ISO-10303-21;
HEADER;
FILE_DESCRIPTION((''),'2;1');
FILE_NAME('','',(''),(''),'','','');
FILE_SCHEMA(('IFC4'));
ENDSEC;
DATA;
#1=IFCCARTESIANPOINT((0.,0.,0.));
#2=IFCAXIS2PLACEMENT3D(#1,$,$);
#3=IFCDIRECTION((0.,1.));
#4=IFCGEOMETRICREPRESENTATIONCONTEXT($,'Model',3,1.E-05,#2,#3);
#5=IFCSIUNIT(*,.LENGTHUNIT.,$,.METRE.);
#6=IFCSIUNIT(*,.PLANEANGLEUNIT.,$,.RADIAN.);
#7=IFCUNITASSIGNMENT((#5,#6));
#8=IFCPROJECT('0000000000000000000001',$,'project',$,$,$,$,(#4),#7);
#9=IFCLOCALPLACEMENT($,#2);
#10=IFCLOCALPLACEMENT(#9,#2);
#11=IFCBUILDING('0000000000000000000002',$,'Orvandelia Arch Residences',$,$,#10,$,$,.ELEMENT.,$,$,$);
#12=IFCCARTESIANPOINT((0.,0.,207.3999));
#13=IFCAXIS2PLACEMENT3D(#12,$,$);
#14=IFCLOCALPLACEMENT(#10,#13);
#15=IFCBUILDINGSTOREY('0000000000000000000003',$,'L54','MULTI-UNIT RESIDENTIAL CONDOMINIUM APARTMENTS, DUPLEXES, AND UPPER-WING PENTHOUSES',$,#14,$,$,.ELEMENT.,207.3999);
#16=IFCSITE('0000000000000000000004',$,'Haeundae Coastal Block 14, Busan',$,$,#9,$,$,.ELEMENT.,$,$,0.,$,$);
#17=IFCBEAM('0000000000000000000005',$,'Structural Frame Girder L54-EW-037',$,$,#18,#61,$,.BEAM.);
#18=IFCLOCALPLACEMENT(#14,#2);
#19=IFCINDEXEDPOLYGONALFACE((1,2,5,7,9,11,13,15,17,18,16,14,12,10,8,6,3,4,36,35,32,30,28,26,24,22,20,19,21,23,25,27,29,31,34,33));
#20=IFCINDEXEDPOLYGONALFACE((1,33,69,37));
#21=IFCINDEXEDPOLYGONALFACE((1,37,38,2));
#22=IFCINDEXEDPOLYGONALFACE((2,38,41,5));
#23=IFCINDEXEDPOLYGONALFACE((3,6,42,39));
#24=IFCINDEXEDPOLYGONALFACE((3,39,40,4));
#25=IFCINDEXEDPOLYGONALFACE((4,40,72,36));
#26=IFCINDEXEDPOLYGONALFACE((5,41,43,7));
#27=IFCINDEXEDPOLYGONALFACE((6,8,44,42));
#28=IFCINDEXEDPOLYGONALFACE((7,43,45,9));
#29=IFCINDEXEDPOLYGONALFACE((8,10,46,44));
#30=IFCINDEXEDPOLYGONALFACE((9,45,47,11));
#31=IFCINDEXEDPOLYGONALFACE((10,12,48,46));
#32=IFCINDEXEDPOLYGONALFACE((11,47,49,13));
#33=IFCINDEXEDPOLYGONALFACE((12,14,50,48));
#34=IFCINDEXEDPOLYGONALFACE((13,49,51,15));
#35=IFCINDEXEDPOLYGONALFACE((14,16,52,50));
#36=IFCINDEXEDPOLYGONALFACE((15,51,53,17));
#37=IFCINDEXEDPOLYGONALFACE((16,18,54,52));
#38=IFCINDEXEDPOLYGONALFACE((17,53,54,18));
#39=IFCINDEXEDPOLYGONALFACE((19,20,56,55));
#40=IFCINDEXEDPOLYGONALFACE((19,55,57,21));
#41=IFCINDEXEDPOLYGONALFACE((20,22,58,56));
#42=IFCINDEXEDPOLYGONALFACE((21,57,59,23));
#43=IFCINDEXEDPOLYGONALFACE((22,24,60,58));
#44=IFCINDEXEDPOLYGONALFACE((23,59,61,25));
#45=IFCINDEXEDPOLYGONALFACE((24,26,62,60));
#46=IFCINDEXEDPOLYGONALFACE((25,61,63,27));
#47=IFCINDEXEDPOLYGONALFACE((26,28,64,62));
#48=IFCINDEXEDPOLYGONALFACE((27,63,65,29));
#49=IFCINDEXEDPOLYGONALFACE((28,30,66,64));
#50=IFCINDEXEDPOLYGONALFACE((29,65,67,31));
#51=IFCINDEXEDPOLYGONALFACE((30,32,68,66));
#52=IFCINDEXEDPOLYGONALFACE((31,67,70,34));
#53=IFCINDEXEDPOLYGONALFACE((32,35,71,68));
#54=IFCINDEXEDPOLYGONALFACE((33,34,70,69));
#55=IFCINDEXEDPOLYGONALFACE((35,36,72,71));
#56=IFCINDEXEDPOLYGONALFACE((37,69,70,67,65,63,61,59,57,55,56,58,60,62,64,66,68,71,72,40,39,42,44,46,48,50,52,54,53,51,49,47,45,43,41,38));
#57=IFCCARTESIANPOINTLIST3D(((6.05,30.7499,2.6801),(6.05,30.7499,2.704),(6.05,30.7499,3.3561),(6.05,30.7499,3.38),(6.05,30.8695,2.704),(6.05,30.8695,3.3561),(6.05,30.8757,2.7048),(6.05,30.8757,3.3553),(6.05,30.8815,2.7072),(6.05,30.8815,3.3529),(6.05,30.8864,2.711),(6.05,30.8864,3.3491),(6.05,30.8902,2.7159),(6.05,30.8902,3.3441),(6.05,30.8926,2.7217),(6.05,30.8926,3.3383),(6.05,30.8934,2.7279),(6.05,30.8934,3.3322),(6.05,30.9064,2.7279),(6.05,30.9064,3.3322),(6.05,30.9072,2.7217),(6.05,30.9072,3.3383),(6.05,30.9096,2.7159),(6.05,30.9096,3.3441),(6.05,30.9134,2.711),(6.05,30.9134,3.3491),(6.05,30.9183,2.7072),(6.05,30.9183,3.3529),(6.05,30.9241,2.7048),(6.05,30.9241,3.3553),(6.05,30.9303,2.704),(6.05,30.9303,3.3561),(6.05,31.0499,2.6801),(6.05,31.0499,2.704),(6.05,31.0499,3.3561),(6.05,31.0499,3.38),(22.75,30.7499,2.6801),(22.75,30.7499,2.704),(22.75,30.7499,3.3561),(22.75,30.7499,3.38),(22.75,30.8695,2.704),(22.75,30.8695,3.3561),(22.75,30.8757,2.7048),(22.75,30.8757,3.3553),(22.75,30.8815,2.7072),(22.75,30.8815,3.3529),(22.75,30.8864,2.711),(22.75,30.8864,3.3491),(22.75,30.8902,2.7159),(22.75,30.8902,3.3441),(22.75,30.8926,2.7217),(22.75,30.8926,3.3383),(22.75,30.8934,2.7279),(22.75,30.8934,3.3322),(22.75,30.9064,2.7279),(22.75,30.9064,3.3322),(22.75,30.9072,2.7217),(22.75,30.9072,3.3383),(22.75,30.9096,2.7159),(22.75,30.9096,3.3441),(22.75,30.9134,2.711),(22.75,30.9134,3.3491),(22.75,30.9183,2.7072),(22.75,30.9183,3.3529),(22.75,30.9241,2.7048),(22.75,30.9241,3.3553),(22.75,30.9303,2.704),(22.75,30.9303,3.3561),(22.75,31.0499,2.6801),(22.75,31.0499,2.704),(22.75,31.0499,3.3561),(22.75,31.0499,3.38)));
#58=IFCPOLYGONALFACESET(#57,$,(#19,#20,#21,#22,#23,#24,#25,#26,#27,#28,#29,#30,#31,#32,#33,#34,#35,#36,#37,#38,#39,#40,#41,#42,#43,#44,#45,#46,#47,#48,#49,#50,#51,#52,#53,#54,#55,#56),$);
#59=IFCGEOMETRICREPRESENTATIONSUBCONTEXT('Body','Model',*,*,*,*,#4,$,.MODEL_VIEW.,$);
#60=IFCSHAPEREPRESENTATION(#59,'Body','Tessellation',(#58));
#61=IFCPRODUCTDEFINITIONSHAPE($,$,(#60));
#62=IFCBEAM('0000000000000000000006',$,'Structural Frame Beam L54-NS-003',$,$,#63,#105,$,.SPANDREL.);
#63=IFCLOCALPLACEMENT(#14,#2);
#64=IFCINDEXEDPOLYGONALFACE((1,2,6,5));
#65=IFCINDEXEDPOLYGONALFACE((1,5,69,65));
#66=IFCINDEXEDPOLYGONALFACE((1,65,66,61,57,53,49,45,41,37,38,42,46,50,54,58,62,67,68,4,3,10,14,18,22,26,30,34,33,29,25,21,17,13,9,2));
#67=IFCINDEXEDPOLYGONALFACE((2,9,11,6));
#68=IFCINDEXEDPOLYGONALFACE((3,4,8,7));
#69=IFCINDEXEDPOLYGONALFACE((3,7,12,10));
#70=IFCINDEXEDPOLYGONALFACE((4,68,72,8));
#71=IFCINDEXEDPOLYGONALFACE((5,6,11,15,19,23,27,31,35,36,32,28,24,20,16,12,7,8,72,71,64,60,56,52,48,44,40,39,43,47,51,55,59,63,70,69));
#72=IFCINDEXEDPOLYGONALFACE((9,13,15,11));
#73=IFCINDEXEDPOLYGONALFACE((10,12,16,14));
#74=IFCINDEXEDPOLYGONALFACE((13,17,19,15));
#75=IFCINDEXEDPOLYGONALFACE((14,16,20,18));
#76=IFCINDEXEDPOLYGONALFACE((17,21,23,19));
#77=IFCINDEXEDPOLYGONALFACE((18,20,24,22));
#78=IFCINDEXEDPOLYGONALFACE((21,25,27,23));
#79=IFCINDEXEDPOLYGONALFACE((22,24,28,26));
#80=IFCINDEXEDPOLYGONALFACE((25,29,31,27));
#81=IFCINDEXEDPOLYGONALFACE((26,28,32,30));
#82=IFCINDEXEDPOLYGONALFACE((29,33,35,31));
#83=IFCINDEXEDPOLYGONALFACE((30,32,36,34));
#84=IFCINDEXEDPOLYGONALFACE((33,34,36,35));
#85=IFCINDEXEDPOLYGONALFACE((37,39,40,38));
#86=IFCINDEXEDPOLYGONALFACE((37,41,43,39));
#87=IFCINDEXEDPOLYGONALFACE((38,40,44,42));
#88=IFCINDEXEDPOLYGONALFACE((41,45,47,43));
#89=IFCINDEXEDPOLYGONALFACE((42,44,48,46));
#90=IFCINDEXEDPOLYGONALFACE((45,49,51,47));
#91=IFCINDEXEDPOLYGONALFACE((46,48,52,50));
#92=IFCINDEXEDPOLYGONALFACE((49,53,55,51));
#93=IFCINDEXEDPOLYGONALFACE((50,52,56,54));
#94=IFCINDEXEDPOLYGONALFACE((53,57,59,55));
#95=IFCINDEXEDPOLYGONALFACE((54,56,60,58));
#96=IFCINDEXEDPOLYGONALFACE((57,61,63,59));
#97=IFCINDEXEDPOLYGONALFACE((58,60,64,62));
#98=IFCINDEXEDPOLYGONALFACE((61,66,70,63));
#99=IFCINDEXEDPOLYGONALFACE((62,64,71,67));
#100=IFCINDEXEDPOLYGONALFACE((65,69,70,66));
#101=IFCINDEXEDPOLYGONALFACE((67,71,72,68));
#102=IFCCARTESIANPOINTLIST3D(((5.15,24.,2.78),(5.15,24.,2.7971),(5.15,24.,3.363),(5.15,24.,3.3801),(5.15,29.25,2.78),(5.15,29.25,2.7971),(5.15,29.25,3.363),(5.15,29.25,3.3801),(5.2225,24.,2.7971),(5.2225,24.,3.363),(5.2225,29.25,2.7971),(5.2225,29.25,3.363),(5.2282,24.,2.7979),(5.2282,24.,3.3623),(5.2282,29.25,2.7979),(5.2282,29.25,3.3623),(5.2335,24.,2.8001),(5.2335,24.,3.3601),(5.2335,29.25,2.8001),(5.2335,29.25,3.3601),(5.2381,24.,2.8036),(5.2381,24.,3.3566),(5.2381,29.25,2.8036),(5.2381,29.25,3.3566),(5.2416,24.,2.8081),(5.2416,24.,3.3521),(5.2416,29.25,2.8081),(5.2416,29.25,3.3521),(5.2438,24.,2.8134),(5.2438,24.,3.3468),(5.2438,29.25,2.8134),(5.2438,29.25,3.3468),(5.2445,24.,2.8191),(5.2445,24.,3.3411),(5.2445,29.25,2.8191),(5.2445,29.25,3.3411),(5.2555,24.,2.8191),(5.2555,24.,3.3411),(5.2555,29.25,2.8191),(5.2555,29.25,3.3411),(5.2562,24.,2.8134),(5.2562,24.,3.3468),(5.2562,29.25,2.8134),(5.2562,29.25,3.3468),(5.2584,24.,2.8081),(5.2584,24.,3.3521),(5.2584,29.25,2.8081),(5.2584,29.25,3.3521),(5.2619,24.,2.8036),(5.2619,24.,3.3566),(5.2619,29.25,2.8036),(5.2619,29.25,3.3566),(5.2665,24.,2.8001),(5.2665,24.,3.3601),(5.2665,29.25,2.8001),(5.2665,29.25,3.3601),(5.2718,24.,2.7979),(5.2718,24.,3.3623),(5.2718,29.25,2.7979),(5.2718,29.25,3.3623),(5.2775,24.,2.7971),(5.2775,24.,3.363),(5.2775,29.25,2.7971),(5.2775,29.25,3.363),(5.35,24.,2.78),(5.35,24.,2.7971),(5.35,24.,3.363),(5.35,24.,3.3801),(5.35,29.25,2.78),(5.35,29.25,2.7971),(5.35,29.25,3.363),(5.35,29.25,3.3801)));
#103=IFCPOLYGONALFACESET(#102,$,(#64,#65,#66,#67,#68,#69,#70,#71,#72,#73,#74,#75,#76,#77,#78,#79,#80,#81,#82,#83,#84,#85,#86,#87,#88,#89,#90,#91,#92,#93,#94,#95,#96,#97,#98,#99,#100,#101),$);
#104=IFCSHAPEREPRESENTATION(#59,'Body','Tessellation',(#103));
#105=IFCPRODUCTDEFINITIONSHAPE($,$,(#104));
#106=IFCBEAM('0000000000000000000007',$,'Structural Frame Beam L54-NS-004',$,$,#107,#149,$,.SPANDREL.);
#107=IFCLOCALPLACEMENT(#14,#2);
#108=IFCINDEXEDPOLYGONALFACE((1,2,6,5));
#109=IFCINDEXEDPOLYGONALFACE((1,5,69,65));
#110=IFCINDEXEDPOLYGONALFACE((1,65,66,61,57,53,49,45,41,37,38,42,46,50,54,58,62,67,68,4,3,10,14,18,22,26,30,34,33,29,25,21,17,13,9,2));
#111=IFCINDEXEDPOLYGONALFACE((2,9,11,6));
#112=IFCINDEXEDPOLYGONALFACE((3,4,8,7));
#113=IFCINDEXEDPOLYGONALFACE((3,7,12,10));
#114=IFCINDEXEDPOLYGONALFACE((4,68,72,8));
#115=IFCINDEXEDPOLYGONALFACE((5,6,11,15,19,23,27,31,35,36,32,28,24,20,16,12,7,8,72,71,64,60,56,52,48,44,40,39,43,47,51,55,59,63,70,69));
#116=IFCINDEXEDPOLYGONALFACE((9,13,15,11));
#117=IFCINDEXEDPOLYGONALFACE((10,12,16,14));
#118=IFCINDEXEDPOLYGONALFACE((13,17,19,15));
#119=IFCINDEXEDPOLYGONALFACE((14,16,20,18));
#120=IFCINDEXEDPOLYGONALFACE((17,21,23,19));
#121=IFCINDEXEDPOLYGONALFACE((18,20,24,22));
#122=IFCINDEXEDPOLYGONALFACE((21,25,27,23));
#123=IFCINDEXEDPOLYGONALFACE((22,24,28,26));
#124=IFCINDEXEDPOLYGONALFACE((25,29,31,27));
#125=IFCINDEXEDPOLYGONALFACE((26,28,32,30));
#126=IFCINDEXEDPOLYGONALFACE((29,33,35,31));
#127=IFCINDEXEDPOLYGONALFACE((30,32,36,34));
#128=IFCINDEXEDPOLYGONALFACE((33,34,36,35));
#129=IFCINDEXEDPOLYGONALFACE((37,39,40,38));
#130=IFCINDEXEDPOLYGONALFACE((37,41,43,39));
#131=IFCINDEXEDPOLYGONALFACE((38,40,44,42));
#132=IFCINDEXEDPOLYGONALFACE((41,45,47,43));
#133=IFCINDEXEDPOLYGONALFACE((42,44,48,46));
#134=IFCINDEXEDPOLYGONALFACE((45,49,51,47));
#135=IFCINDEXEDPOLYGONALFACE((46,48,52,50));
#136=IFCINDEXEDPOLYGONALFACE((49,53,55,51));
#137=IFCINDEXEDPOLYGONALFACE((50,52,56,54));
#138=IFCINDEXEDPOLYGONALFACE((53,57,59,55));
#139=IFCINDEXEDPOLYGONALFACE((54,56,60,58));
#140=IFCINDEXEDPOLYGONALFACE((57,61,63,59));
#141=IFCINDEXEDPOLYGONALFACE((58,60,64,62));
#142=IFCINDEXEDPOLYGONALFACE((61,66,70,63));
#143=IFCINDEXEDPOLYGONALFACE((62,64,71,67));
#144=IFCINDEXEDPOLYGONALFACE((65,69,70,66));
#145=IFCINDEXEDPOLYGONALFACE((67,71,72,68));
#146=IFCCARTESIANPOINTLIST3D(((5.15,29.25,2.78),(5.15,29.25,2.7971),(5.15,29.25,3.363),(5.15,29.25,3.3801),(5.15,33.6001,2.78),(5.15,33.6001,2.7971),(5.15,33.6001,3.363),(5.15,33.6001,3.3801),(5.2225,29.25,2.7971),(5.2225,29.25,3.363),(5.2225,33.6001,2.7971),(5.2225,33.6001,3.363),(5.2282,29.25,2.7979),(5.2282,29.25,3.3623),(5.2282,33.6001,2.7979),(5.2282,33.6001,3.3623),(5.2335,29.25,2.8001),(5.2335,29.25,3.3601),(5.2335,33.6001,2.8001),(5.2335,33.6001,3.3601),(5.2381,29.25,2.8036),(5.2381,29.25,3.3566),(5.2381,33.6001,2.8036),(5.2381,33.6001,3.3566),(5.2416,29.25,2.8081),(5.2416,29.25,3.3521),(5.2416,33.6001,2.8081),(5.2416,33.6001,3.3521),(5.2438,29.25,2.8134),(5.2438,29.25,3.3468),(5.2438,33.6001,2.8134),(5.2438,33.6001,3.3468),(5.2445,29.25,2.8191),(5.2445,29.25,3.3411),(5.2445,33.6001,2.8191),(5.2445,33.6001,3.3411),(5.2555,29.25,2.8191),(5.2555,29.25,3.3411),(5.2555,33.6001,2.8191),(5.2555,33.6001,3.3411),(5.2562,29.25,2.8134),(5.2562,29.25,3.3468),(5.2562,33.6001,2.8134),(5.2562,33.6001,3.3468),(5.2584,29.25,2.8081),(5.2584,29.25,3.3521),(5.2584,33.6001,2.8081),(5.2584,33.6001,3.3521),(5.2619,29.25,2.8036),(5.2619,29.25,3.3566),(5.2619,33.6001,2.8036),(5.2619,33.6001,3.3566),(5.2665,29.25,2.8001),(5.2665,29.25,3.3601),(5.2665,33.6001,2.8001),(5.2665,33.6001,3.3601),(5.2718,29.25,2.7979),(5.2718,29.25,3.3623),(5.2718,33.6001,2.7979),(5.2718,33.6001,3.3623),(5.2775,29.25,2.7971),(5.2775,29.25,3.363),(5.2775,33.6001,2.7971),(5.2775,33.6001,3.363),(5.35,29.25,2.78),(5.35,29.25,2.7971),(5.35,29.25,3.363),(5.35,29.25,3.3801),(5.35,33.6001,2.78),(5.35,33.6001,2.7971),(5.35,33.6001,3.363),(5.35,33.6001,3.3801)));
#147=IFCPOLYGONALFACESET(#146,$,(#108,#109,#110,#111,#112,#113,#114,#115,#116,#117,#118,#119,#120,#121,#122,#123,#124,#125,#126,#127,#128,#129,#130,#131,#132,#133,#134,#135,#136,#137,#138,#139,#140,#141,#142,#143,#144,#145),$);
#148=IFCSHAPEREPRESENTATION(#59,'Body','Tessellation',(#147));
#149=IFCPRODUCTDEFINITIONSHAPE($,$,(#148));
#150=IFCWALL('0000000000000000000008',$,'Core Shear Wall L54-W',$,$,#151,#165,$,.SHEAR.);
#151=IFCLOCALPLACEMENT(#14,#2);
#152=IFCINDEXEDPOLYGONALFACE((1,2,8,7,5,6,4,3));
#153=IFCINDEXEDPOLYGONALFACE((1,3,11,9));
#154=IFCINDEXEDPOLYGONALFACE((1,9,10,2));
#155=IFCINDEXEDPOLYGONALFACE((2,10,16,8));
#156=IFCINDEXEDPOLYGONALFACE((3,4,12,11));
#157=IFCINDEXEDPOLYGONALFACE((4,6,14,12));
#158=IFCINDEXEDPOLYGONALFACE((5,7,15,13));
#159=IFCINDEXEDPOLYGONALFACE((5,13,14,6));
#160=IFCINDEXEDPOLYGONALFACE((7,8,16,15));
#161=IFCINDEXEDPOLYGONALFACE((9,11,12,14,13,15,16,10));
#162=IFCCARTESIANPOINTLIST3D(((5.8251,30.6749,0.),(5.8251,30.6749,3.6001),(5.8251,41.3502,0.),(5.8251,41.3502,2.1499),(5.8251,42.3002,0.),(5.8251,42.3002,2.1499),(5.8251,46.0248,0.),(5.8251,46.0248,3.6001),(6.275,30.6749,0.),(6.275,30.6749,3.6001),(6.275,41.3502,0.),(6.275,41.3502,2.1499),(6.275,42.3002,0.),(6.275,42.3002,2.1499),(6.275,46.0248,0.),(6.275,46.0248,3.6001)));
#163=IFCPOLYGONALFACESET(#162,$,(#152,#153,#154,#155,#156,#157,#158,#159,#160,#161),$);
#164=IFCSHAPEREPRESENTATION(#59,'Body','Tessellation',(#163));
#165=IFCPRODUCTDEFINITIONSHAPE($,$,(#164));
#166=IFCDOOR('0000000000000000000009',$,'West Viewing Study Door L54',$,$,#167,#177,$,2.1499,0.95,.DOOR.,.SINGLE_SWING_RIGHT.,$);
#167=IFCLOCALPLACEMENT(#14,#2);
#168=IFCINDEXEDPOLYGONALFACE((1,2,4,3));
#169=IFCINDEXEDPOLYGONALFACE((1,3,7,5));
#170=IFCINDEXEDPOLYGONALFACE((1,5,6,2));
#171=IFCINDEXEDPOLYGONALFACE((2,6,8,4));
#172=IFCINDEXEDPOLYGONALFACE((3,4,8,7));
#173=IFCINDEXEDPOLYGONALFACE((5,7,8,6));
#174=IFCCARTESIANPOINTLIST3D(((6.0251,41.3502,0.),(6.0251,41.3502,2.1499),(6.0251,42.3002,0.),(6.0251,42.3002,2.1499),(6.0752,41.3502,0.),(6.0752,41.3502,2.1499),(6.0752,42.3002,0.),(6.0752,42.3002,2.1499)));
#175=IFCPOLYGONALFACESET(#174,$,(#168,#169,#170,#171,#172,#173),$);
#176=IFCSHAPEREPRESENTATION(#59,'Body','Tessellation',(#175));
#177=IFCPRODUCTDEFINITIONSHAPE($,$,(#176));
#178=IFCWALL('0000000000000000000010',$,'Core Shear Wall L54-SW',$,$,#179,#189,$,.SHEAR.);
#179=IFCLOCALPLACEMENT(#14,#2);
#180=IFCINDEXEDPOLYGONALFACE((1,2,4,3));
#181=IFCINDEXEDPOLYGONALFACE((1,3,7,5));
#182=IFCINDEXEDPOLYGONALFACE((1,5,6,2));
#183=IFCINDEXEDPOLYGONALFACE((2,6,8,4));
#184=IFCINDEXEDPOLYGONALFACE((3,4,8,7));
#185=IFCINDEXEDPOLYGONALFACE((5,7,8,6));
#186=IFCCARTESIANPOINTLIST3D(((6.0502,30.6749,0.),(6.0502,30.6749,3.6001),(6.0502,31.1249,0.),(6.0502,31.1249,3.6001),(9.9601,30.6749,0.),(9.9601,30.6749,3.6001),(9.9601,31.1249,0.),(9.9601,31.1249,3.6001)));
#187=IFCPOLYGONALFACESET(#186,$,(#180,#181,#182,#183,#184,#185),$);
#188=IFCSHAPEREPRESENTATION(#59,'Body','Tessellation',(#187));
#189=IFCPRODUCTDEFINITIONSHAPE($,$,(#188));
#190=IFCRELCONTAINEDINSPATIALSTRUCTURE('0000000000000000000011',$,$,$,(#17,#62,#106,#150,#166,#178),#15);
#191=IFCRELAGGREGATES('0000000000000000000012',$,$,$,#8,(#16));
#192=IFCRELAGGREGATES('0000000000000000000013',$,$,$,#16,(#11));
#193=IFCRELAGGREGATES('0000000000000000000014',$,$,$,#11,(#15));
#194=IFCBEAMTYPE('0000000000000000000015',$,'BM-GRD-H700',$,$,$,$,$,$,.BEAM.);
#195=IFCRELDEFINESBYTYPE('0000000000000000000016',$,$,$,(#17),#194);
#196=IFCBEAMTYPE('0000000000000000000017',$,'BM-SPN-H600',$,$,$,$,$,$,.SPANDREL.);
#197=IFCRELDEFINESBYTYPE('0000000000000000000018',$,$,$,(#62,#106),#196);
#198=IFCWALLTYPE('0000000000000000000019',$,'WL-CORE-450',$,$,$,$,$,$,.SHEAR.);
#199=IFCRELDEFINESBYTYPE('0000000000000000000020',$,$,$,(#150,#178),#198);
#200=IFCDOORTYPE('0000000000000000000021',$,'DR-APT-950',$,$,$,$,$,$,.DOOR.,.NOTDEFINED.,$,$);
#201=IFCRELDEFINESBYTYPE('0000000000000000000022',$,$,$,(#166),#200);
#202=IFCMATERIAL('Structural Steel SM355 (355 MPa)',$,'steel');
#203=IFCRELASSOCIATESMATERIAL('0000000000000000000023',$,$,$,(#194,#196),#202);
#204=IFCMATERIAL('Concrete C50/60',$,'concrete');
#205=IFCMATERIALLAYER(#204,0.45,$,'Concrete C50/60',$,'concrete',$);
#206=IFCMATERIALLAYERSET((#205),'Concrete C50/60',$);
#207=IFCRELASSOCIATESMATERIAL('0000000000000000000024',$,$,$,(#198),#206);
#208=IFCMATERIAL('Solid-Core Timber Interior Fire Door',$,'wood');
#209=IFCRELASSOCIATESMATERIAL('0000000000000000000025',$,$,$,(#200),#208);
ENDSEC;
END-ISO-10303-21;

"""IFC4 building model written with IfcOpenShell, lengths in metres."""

from ifc_helpers import new_model, si_unit, direction, frame, frame_2d, origin, origin_2d, place, context, subcontext, project, spatial, rectangle, i_section, extrude, material, layer, layer_set, material_profile, profile_set, type_object, element, fill, save


model = new_model("IFC4")

# Units and contexts
model_context = context("Model", 3, precision=1e-05, world=origin(), true_north=direction((0.0, 1.0)))
body_context = subcontext(model_context, "Body", "Model", "MODEL_VIEW")
ifc_project = project(units=[si_unit("LENGTHUNIT", "METRE"), si_unit("PLANEANGLEUNIT", "RADIAN")], contexts=[model_context])

# Site, building, storey
site_placement = place(None, origin())
site = spatial("IfcSite", under=ifc_project, at=site_placement, Name="Haeundae Coastal Block 14, Busan", CompositionType="ELEMENT", RefElevation=0.0)
building_placement = place(site_placement, origin())
building = spatial("IfcBuilding", under=site, at=building_placement, Name="Orvandelia Arch Residences", CompositionType="ELEMENT")
storey_placement = place(building_placement, frame((0.0, 0.0, 207.3999)))
storey = spatial("IfcBuildingStorey", under=building, at=storey_placement, Name="L54", Description="MULTI-UNIT RESIDENTIAL CONDOMINIUM APARTMENTS, DUPLEXES, AND UPPER-WING PENTHOUSES", CompositionType="ELEMENT", Elevation=207.3999)

# Beams
ifc_material_1 = material(Name="Structural Steel SM355 (355 MPa)", Category="steel")
ifc_material_profile_1 = material_profile(ifc_material_1, i_section(OverallWidth=0.3, OverallDepth=0.7, WebThickness=0.0129, FlangeThickness=0.0239, FilletRadius=0.0239, at=origin_2d()), Name="Structural Steel SM355 (355 MPa)", Category="steel")
ifc_profile_set_1 = profile_set([ifc_material_profile_1], Name="Structural Steel SM355 (355 MPa)")
beam_type_1 = type_object("IfcBeamType", Name="BM-GRD-H700", PredefinedType="BEAM", material=ifc_profile_set_1)
beam_1_placement = place(storey_placement, frame((6.05, 30.8999, 3.03), z_axis=(1.0, 0.0, 0.0), x_axis=(0.0, 1.0, 0.0)))
element("IfcBeam", 1, at=beam_1_placement, inside=storey, type_object=beam_type_1, Name="Structural Frame Girder L54-EW-037", PredefinedType="BEAM", context=body_context, shape_type="SweptSolid", body=[
    extrude(i_section(OverallWidth=0.3, OverallDepth=0.7, WebThickness=0.0129, FlangeThickness=0.0239, FilletRadius=0.0239, at=origin_2d()), origin(), (0.0, 0.0, 1.0), 16.7),
])
ifc_material_profile_2 = material_profile(ifc_material_1, i_section(OverallWidth=0.2, OverallDepth=0.6001, WebThickness=0.011, FlangeThickness=0.0171, FilletRadius=0.022, at=origin_2d()), Name="Structural Steel SM355 (355 MPa)", Category="steel")
ifc_profile_set_2 = profile_set([ifc_material_profile_2], Name="Structural Steel SM355 (355 MPa)")
beam_type_2 = type_object("IfcBeamType", Name="BM-SPN-H600", PredefinedType="SPANDREL", material=ifc_profile_set_2)
beam_2_placement = place(storey_placement, frame((5.25, 24.0, 3.0801), z_axis=(0.0, 1.0, 0.0), x_axis=(-1.0, 0.0, 0.0)))
element("IfcBeam", 2, at=beam_2_placement, inside=storey, type_object=beam_type_2, Name="Structural Frame Beam L54-NS-003", PredefinedType="SPANDREL", context=body_context, shape_type="SweptSolid", body=[
    extrude(i_section(OverallWidth=0.2, OverallDepth=0.6001, WebThickness=0.011, FlangeThickness=0.0171, FilletRadius=0.022, at=origin_2d()), origin(), (0.0, 0.0, 1.0), 5.25),
])
beam_3_placement = place(storey_placement, frame((5.25, 29.25, 3.0801), z_axis=(0.0, 1.0, 0.0), x_axis=(-1.0, 0.0, 0.0)))
element("IfcBeam", 3, at=beam_3_placement, inside=storey, type_object=beam_type_2, Name="Structural Frame Beam L54-NS-004", PredefinedType="SPANDREL", context=body_context, shape_type="SweptSolid", body=[
    extrude(i_section(OverallWidth=0.2, OverallDepth=0.6001, WebThickness=0.011, FlangeThickness=0.0171, FilletRadius=0.022, at=origin_2d()), origin(), (0.0, 0.0, 1.0), 4.3501),
])

# Wall, opening, door
ifc_material_2 = material(Name="Concrete C50/60", Category="concrete")
ifc_layer_1 = layer(ifc_material_2, 0.45, Name="Concrete C50/60", Category="concrete")
ifc_layer_set_1 = layer_set([ifc_layer_1], Name="Concrete C50/60")
wall_type_1 = type_object("IfcWallType", Name="WL-CORE-450", PredefinedType="SHEAR", material=ifc_layer_set_1)
wall_1_placement = place(storey_placement, frame((6.05, 30.675, 0.0), z_axis=(0.0, 0.0, 1.0), x_axis=(0.0, 1.0, 0.0)))
wall_1 = element("IfcWall", 4, at=wall_1_placement, inside=storey, type_object=wall_type_1, Name="Core Shear Wall L54-W", PredefinedType="SHEAR", context=body_context, shape_type="SweptSolid", body=[
    extrude(rectangle(XDim=15.3499, YDim=0.45, at=frame_2d((7.6748, 0.0))), origin(), (0.0, 0.0, 1.0), 3.6001),
])
opening_1_placement = place(wall_1_placement, frame((10.675, 0.0, 0.0)))
opening_1 = element("IfcOpeningElement", 5, at=opening_1_placement, cuts=wall_1, PredefinedType="OPENING", context=body_context, shape_type="SweptSolid", body=[
    extrude(rectangle(XDim=0.95, YDim=2.1499, at=frame_2d((0.4751, 1.075))), frame((0.0, 0.2349, 0.0), z_axis=(0.0, -1.0, 0.0), x_axis=(1.0, 0.0, 0.0)), (0.0, 0.0, 1.0), 0.47),
])
ifc_material_3 = material(Name="Solid-Core Timber Interior Fire Door", Category="wood")
door_type = type_object("IfcDoorType", Name="DR-APT-950", OperationType="NOTDEFINED", PredefinedType="DOOR", material=ifc_material_3)
door_1_placement = place(opening_1_placement, origin())
door_1 = element("IfcDoor", 6, at=door_1_placement, inside=storey, type_object=door_type, Name="West Viewing Study Door L54", OperationType="SINGLE_SWING_RIGHT", OverallHeight=2.1499, OverallWidth=0.95, PredefinedType="DOOR", context=body_context, shape_type="SweptSolid", body=[
    extrude(rectangle(XDim=0.95, YDim=2.1499, at=frame_2d((0.4751, 1.075))), frame((0.0, 0.0249, 0.0), z_axis=(0.0, -1.0, 0.0), x_axis=(1.0, 0.0, 0.0)), (0.0, 0.0, 1.0), 0.05),
])
fill(opening_1, door_1)

# Wall
wall_2_placement = place(storey_placement, frame((6.05, 30.8999, 0.0), z_axis=(0.0, 0.0, 1.0), x_axis=(1.0, 0.0, 0.0)))
element("IfcWall", 7, at=wall_2_placement, inside=storey, type_object=wall_type_1, Name="Core Shear Wall L54-SW", PredefinedType="SHEAR", context=body_context, shape_type="SweptSolid", body=[
    extrude(rectangle(XDim=3.9099, YDim=0.45, at=frame_2d((1.9551, 0.0))), origin(), (0.0, 0.0, 1.0), 3.6001),
])

save(model, "model.ifc")
